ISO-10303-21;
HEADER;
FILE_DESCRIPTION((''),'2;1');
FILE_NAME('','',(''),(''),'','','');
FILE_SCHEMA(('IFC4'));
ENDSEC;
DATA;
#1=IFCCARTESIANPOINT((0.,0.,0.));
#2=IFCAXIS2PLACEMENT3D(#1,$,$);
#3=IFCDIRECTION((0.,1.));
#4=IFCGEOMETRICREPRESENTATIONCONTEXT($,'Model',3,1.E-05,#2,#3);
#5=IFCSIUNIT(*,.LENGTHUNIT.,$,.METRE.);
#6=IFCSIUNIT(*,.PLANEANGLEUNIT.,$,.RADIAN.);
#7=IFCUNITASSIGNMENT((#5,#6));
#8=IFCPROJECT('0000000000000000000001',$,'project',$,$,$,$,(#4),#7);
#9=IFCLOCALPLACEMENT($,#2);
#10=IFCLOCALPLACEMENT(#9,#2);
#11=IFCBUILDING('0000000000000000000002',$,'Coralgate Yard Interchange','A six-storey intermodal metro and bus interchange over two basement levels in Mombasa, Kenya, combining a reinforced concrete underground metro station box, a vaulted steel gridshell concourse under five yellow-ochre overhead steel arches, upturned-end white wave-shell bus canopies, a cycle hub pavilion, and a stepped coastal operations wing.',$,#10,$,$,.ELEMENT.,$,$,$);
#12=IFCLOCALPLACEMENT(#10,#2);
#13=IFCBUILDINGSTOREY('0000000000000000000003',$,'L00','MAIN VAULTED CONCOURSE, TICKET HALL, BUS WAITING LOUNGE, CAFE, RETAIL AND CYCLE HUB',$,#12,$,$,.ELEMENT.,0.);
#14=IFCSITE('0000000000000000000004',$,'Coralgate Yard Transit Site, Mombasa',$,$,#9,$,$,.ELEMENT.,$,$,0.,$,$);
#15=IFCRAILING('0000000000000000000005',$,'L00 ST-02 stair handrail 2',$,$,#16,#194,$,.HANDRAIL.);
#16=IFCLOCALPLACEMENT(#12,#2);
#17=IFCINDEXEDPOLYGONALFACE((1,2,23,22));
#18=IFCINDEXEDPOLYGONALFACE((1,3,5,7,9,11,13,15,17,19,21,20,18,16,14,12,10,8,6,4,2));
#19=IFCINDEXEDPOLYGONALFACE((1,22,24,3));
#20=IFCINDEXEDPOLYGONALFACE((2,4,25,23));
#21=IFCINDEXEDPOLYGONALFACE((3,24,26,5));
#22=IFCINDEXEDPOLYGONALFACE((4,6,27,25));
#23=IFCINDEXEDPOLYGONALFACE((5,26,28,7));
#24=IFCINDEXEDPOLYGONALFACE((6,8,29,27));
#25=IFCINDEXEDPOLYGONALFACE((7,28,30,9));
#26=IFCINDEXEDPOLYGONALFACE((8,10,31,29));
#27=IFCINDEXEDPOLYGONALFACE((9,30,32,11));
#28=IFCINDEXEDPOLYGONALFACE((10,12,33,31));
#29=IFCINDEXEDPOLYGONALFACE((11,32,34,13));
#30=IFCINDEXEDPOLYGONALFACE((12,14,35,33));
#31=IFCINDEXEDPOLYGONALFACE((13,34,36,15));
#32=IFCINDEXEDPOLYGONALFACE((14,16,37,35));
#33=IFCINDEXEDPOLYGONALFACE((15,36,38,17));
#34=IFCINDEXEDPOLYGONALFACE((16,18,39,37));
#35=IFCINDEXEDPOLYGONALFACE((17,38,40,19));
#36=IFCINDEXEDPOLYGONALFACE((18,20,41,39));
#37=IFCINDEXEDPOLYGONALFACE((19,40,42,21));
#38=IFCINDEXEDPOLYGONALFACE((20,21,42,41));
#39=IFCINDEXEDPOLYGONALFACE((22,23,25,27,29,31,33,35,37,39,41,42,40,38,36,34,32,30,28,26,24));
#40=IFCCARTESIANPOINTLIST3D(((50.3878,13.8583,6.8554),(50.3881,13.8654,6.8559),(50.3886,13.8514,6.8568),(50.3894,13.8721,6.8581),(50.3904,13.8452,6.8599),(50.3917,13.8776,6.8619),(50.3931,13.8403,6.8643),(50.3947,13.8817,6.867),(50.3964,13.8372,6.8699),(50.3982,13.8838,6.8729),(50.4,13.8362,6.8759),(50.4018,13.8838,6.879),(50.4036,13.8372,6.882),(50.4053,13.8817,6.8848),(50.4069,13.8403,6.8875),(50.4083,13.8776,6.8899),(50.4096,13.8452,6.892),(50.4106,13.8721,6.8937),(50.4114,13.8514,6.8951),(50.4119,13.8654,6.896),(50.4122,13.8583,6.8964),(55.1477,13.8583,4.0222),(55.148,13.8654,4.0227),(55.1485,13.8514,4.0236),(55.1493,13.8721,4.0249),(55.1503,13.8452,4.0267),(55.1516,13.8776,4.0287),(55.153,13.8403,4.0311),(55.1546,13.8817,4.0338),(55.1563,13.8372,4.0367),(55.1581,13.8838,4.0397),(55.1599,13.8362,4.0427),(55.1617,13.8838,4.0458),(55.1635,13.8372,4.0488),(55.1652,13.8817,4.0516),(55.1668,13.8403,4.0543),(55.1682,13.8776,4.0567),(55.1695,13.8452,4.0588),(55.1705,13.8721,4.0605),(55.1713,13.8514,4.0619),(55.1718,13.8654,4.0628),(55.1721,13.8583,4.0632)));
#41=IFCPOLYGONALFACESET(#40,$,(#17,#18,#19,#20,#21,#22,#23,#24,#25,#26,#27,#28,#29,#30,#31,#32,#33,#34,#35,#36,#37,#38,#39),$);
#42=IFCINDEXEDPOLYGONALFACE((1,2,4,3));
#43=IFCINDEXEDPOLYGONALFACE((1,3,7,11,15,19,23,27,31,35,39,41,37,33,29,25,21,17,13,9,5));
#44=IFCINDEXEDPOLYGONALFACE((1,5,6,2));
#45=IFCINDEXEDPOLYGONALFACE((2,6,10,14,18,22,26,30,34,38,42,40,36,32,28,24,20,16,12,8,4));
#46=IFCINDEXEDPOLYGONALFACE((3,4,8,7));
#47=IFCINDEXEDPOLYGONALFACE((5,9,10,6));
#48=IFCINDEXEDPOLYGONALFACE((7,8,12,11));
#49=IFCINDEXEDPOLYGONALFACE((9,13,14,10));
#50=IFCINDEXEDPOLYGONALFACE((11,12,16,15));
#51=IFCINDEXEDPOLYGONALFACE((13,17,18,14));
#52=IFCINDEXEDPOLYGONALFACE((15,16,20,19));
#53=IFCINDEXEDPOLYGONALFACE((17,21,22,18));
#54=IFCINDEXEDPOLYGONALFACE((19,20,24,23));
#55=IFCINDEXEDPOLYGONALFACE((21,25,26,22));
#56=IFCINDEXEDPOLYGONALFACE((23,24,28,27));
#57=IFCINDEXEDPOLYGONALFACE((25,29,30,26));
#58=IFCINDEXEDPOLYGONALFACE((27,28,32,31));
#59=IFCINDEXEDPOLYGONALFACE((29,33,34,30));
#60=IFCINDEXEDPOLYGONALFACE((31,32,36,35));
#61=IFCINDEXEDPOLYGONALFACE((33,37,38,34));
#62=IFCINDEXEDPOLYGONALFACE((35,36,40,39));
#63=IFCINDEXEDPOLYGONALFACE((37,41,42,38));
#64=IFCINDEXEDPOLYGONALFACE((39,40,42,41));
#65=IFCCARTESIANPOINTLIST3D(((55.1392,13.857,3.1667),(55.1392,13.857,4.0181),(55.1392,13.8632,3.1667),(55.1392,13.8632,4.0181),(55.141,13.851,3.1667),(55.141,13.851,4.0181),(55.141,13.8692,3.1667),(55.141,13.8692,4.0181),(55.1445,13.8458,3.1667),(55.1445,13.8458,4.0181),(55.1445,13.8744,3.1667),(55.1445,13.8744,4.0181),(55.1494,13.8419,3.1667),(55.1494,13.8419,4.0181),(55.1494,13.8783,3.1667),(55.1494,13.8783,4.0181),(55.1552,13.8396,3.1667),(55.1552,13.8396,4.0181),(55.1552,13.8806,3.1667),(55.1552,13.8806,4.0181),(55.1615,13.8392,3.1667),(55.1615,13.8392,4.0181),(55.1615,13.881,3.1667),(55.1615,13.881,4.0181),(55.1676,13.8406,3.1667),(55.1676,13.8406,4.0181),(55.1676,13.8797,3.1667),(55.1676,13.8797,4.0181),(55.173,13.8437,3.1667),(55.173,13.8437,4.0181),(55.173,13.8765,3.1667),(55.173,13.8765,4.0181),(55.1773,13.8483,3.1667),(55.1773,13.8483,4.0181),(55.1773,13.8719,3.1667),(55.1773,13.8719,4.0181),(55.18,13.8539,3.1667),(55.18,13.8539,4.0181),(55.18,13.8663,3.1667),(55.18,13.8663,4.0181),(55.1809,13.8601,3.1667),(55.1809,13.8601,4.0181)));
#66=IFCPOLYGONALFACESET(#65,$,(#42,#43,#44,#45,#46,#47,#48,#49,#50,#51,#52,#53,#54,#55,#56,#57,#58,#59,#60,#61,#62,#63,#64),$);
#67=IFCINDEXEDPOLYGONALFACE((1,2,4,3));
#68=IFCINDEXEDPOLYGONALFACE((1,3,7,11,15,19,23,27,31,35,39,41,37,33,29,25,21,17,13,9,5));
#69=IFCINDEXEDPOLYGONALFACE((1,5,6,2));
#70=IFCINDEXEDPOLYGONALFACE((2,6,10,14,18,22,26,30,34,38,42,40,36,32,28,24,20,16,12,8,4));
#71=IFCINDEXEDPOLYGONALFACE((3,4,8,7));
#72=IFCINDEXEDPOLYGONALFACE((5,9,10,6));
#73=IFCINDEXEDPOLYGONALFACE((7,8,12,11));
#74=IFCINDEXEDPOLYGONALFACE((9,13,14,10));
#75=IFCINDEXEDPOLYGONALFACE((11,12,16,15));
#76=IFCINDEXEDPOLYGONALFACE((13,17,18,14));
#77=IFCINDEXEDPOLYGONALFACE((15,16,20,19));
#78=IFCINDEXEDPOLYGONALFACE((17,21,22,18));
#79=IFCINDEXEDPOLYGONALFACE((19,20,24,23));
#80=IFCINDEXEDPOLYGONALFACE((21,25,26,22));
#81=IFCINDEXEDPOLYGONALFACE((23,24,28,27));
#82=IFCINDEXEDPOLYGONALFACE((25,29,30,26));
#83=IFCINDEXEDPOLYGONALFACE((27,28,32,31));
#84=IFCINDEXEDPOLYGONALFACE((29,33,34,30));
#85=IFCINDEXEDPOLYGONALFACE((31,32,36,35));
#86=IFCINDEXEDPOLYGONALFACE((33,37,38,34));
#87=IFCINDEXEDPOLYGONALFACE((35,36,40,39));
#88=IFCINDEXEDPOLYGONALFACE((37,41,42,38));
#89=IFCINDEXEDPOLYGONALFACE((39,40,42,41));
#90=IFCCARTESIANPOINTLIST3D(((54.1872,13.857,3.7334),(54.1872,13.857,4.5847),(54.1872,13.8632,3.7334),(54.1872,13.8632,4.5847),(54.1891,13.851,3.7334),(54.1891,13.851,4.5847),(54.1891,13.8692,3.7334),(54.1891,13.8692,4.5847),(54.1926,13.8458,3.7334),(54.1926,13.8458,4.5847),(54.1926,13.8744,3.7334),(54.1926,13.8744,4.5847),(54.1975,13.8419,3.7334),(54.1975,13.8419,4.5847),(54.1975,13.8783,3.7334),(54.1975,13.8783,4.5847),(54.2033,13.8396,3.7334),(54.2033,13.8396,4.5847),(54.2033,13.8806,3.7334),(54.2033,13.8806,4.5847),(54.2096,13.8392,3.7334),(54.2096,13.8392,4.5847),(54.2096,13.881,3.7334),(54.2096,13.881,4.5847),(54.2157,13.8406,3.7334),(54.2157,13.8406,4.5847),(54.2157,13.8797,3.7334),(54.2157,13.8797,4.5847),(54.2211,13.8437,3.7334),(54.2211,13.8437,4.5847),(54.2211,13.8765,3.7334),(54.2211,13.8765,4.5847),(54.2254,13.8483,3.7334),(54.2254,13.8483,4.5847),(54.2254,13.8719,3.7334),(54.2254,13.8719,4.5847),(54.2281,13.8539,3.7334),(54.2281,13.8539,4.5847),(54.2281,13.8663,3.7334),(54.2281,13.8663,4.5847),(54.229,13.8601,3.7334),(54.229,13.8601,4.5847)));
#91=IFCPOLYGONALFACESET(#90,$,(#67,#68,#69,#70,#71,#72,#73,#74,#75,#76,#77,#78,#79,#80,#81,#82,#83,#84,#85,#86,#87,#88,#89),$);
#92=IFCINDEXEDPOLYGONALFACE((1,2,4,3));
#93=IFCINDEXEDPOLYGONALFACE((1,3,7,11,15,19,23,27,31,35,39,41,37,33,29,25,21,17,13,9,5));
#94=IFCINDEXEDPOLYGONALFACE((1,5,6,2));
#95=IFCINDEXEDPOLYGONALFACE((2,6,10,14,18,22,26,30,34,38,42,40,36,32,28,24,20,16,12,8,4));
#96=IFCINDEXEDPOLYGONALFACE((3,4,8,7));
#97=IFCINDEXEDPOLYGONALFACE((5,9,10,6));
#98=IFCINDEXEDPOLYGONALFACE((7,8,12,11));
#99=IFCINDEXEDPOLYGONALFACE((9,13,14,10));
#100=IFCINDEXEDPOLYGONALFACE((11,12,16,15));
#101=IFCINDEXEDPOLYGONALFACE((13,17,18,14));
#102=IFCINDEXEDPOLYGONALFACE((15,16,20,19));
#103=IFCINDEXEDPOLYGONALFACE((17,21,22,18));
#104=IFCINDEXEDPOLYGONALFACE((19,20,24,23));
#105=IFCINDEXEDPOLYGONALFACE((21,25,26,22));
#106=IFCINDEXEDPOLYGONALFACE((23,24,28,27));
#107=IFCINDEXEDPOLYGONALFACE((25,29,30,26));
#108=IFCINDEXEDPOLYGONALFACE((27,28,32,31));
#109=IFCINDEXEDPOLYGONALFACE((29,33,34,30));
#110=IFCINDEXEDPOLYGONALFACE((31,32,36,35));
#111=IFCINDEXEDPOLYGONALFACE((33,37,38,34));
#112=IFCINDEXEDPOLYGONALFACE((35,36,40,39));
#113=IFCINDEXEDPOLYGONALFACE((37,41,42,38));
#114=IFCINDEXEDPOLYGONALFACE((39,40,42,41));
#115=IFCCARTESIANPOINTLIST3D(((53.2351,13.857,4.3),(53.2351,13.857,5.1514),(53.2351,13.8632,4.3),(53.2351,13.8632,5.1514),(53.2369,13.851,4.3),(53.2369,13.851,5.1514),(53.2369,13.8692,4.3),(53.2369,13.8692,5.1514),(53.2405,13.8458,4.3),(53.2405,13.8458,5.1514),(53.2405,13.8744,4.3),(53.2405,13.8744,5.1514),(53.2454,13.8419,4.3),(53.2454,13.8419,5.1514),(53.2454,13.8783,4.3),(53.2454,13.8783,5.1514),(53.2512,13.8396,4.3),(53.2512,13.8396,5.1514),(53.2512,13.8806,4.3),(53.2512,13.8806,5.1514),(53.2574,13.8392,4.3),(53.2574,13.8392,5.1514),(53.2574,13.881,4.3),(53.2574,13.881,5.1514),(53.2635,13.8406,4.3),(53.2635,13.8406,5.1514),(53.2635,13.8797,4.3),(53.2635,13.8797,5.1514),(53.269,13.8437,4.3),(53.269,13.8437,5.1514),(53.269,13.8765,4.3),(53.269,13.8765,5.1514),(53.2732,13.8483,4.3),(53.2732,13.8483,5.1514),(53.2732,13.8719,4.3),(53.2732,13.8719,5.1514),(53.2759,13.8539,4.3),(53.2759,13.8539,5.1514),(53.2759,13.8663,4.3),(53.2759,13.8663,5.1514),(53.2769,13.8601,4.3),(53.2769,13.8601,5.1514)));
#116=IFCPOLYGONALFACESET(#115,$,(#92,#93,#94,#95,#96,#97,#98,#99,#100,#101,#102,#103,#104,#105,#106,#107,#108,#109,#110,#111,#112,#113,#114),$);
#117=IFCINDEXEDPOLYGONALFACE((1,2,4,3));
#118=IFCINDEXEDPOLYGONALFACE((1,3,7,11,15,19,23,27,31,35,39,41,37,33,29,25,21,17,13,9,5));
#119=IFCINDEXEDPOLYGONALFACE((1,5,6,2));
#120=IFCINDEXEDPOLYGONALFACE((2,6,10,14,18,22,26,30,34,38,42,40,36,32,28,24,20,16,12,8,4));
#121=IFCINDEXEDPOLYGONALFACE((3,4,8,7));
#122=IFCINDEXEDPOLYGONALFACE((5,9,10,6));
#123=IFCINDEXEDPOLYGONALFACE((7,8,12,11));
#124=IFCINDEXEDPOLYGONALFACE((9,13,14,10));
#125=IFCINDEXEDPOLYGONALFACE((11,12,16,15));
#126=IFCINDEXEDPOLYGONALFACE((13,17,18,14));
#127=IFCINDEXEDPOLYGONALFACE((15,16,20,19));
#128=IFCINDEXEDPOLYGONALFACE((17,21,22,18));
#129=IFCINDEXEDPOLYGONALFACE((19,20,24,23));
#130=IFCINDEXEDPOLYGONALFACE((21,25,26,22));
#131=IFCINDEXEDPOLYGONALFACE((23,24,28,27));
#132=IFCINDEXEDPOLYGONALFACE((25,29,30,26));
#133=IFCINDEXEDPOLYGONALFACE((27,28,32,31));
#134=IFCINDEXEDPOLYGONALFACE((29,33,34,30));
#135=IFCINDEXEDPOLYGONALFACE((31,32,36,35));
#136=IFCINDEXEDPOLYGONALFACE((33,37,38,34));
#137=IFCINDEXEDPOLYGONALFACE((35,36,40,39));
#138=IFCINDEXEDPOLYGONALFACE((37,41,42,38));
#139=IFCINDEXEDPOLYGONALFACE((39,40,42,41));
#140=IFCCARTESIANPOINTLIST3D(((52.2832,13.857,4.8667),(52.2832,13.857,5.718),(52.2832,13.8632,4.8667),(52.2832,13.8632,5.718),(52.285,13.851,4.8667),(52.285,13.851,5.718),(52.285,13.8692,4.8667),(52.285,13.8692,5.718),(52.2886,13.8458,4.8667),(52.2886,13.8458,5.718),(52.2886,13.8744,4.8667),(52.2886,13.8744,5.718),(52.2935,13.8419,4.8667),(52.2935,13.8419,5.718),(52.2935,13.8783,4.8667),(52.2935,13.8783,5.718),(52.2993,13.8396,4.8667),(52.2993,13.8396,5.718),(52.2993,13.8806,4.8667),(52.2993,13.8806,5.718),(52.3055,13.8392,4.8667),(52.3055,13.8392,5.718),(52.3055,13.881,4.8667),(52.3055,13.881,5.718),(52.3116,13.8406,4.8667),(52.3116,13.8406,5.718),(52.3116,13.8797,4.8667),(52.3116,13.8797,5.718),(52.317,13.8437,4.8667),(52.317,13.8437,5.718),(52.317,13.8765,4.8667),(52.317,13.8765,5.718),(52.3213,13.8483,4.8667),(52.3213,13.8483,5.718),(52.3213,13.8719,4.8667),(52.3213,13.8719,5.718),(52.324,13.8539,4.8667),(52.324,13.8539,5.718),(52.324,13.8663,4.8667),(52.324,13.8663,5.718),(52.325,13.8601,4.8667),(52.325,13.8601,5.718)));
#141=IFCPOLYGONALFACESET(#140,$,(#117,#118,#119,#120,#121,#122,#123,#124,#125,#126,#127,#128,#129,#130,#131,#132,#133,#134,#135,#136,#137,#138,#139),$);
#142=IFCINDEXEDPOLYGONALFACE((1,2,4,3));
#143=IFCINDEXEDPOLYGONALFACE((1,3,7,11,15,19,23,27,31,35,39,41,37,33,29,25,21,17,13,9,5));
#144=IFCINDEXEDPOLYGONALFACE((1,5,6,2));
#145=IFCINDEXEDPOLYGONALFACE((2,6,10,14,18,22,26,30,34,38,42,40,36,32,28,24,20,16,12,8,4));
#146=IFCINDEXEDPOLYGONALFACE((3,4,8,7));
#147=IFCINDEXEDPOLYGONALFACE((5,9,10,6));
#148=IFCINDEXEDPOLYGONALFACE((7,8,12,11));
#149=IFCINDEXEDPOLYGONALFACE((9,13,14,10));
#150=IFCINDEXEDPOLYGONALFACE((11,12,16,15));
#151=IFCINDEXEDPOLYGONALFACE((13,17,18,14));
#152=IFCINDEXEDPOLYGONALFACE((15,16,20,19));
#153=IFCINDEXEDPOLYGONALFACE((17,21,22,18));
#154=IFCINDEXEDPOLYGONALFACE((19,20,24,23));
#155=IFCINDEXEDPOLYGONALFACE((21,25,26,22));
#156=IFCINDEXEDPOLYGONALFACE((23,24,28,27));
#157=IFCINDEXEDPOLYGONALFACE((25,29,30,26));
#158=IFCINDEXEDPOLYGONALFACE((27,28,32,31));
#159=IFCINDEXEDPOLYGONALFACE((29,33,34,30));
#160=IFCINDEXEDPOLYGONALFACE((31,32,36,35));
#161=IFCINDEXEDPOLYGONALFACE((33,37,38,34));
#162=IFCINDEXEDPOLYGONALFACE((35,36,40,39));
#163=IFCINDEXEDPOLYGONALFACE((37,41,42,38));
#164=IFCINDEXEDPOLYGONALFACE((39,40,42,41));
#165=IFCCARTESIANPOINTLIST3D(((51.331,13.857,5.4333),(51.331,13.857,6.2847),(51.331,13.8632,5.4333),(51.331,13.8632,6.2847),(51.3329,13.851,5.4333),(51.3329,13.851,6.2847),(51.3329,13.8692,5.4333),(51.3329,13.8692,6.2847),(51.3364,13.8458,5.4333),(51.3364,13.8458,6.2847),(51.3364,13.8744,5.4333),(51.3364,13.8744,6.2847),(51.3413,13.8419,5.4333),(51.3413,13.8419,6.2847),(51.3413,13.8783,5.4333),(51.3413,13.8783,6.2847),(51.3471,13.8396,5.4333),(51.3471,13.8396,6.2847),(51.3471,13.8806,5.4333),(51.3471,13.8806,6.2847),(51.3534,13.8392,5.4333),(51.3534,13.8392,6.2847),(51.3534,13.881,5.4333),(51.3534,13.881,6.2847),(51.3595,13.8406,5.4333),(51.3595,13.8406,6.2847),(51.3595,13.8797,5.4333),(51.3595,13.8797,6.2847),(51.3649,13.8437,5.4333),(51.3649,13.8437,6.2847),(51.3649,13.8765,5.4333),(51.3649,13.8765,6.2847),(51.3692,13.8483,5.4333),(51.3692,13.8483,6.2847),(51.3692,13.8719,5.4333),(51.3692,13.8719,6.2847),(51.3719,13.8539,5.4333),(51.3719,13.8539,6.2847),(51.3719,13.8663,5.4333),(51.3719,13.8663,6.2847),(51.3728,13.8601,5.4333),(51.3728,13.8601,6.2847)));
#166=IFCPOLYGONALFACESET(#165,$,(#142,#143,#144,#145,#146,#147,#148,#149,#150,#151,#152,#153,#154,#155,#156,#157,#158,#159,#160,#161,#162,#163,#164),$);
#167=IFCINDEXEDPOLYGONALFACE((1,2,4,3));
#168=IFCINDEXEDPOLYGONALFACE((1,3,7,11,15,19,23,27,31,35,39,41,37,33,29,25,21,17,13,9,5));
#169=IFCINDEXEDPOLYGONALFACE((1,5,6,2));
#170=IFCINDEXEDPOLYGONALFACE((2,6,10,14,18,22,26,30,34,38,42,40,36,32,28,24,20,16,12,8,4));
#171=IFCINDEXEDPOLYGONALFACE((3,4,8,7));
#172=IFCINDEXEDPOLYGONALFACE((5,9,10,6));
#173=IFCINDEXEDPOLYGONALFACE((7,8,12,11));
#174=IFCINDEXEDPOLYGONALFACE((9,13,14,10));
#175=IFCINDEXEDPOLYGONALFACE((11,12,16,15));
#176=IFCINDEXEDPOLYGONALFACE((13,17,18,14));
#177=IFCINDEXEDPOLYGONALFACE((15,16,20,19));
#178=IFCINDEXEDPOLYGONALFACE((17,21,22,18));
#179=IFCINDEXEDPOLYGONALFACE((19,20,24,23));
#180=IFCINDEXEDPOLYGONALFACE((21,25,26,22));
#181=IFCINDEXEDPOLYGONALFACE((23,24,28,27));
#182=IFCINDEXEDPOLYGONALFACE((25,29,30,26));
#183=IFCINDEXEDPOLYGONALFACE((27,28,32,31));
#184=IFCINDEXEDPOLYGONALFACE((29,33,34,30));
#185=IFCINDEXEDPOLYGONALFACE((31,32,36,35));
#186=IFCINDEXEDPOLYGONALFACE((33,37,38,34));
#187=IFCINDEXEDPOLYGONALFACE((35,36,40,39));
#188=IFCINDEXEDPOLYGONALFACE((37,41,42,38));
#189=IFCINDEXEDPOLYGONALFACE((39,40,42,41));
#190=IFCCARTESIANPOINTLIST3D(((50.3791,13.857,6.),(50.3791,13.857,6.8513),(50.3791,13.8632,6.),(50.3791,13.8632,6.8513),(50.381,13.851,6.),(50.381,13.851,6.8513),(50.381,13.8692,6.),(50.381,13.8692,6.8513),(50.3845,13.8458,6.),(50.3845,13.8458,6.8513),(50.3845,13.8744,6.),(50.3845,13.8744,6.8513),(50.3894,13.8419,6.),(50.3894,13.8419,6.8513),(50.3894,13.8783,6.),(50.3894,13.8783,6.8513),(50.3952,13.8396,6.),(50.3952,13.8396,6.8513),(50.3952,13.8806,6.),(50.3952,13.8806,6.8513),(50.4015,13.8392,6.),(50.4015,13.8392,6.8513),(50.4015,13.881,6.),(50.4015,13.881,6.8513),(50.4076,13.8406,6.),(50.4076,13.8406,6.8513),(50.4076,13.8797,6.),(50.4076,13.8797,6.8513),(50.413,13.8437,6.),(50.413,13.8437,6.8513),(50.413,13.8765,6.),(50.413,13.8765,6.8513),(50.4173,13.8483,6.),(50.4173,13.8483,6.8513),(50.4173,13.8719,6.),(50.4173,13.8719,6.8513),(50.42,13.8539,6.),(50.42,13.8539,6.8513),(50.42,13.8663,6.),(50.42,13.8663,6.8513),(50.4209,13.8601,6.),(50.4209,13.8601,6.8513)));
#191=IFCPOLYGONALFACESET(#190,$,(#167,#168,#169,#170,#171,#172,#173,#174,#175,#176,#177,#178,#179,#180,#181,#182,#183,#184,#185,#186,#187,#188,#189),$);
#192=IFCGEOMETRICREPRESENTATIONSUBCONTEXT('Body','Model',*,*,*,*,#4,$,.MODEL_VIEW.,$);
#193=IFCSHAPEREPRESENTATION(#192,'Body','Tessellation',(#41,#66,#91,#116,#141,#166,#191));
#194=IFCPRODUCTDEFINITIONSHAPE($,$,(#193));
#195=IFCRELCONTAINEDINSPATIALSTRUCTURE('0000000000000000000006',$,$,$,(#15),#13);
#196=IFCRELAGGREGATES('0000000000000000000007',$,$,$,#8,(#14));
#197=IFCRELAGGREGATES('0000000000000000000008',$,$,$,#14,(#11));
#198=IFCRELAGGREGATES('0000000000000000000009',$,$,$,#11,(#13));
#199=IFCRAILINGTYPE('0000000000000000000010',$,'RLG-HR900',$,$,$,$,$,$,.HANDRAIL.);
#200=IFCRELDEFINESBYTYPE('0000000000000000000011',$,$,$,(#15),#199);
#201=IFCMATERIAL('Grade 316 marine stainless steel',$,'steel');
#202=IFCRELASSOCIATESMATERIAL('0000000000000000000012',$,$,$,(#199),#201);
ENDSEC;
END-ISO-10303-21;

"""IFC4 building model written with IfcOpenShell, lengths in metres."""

from ifc_helpers import new_model, si_unit, direction, frame, origin, origin_2d, place, context, subcontext, project, spatial, circle, extrude, material, type_object, element, save


model = new_model("IFC4")

# Units and contexts
model_context = context("Model", 3, precision=1e-05, world=origin(), true_north=direction((0.0, 1.0)))
body_context = subcontext(model_context, "Body", "Model", "MODEL_VIEW")
ifc_project = project(units=[si_unit("LENGTHUNIT", "METRE"), si_unit("PLANEANGLEUNIT", "RADIAN")], contexts=[model_context])

# Site, building, storey
site_placement = place(None, origin())
site = spatial("IfcSite", under=ifc_project, at=site_placement, Name="Coralgate Yard Transit Site, Mombasa", CompositionType="ELEMENT", RefElevation=0.0)
building_placement = place(site_placement, origin())
building = spatial("IfcBuilding", under=site, at=building_placement, Name="Coralgate Yard Interchange", Description="A six-storey intermodal metro and bus interchange over two basement levels in Mombasa, Kenya, combining a reinforced concrete underground metro station box, a vaulted steel gridshell concourse under five yellow-ochre overhead steel arches, upturned-end white wave-shell bus canopies, a cycle hub pavilion, and a stepped coastal operations wing.", CompositionType="ELEMENT")
storey_placement = place(building_placement, origin())
storey = spatial("IfcBuildingStorey", under=building, at=storey_placement, Name="L00", Description="MAIN VAULTED CONCOURSE, TICKET HALL, BUS WAITING LOUNGE, CAFE, RETAIL AND CYCLE HUB", CompositionType="ELEMENT", Elevation=0.0)

# Railing
ifc_material_1 = material(Name="Grade 316 marine stainless steel", Category="steel")
railing_type_1 = type_object("IfcRailingType", Name="RLG-HR900", PredefinedType="HANDRAIL", material=ifc_material_1)
railing_1_placement = place(storey_placement, frame((55.1599, 13.8601, 3.1667)))
element("IfcRailing", 1, at=railing_1_placement, inside=storey, type_object=railing_type_1, Name="L00 ST-02 stair handrail 2", PredefinedType="HANDRAIL", context=body_context, shape_type="SweptSolid", body=[
    extrude(circle(Radius=0.0239, at=origin_2d()), frame((0.0, 0.0, 0.876), z_axis=(-0.8593, 0.0, 0.511472), x_axis=(0.0, -1.0, 0.0)), (0.0, 0.0, 1.0), 5.5393),
    extrude(circle(Radius=0.021, at=origin_2d()), origin(), (0.0, 0.0, 1.0), 0.8513),
    extrude(circle(Radius=0.021, at=origin_2d()), frame((-0.9519, 0.0, 0.5667)), (0.0, 0.0, 1.0), 0.8513),
    extrude(circle(Radius=0.021, at=origin_2d()), frame((-1.9041, 0.0, 1.1333)), (0.0, 0.0, 1.0), 0.8513),
    extrude(circle(Radius=0.021, at=origin_2d()), frame((-2.856, 0.0, 1.7)), (0.0, 0.0, 1.0), 0.8513),
    extrude(circle(Radius=0.021, at=origin_2d()), frame((-3.8081, 0.0, 2.2666)), (0.0, 0.0, 1.0), 0.8513),
    extrude(circle(Radius=0.021, at=origin_2d()), frame((-4.76, 0.0, 2.8333)), (0.0, 0.0, 1.0), 0.8513),
])

save(model, "model.ifc")
